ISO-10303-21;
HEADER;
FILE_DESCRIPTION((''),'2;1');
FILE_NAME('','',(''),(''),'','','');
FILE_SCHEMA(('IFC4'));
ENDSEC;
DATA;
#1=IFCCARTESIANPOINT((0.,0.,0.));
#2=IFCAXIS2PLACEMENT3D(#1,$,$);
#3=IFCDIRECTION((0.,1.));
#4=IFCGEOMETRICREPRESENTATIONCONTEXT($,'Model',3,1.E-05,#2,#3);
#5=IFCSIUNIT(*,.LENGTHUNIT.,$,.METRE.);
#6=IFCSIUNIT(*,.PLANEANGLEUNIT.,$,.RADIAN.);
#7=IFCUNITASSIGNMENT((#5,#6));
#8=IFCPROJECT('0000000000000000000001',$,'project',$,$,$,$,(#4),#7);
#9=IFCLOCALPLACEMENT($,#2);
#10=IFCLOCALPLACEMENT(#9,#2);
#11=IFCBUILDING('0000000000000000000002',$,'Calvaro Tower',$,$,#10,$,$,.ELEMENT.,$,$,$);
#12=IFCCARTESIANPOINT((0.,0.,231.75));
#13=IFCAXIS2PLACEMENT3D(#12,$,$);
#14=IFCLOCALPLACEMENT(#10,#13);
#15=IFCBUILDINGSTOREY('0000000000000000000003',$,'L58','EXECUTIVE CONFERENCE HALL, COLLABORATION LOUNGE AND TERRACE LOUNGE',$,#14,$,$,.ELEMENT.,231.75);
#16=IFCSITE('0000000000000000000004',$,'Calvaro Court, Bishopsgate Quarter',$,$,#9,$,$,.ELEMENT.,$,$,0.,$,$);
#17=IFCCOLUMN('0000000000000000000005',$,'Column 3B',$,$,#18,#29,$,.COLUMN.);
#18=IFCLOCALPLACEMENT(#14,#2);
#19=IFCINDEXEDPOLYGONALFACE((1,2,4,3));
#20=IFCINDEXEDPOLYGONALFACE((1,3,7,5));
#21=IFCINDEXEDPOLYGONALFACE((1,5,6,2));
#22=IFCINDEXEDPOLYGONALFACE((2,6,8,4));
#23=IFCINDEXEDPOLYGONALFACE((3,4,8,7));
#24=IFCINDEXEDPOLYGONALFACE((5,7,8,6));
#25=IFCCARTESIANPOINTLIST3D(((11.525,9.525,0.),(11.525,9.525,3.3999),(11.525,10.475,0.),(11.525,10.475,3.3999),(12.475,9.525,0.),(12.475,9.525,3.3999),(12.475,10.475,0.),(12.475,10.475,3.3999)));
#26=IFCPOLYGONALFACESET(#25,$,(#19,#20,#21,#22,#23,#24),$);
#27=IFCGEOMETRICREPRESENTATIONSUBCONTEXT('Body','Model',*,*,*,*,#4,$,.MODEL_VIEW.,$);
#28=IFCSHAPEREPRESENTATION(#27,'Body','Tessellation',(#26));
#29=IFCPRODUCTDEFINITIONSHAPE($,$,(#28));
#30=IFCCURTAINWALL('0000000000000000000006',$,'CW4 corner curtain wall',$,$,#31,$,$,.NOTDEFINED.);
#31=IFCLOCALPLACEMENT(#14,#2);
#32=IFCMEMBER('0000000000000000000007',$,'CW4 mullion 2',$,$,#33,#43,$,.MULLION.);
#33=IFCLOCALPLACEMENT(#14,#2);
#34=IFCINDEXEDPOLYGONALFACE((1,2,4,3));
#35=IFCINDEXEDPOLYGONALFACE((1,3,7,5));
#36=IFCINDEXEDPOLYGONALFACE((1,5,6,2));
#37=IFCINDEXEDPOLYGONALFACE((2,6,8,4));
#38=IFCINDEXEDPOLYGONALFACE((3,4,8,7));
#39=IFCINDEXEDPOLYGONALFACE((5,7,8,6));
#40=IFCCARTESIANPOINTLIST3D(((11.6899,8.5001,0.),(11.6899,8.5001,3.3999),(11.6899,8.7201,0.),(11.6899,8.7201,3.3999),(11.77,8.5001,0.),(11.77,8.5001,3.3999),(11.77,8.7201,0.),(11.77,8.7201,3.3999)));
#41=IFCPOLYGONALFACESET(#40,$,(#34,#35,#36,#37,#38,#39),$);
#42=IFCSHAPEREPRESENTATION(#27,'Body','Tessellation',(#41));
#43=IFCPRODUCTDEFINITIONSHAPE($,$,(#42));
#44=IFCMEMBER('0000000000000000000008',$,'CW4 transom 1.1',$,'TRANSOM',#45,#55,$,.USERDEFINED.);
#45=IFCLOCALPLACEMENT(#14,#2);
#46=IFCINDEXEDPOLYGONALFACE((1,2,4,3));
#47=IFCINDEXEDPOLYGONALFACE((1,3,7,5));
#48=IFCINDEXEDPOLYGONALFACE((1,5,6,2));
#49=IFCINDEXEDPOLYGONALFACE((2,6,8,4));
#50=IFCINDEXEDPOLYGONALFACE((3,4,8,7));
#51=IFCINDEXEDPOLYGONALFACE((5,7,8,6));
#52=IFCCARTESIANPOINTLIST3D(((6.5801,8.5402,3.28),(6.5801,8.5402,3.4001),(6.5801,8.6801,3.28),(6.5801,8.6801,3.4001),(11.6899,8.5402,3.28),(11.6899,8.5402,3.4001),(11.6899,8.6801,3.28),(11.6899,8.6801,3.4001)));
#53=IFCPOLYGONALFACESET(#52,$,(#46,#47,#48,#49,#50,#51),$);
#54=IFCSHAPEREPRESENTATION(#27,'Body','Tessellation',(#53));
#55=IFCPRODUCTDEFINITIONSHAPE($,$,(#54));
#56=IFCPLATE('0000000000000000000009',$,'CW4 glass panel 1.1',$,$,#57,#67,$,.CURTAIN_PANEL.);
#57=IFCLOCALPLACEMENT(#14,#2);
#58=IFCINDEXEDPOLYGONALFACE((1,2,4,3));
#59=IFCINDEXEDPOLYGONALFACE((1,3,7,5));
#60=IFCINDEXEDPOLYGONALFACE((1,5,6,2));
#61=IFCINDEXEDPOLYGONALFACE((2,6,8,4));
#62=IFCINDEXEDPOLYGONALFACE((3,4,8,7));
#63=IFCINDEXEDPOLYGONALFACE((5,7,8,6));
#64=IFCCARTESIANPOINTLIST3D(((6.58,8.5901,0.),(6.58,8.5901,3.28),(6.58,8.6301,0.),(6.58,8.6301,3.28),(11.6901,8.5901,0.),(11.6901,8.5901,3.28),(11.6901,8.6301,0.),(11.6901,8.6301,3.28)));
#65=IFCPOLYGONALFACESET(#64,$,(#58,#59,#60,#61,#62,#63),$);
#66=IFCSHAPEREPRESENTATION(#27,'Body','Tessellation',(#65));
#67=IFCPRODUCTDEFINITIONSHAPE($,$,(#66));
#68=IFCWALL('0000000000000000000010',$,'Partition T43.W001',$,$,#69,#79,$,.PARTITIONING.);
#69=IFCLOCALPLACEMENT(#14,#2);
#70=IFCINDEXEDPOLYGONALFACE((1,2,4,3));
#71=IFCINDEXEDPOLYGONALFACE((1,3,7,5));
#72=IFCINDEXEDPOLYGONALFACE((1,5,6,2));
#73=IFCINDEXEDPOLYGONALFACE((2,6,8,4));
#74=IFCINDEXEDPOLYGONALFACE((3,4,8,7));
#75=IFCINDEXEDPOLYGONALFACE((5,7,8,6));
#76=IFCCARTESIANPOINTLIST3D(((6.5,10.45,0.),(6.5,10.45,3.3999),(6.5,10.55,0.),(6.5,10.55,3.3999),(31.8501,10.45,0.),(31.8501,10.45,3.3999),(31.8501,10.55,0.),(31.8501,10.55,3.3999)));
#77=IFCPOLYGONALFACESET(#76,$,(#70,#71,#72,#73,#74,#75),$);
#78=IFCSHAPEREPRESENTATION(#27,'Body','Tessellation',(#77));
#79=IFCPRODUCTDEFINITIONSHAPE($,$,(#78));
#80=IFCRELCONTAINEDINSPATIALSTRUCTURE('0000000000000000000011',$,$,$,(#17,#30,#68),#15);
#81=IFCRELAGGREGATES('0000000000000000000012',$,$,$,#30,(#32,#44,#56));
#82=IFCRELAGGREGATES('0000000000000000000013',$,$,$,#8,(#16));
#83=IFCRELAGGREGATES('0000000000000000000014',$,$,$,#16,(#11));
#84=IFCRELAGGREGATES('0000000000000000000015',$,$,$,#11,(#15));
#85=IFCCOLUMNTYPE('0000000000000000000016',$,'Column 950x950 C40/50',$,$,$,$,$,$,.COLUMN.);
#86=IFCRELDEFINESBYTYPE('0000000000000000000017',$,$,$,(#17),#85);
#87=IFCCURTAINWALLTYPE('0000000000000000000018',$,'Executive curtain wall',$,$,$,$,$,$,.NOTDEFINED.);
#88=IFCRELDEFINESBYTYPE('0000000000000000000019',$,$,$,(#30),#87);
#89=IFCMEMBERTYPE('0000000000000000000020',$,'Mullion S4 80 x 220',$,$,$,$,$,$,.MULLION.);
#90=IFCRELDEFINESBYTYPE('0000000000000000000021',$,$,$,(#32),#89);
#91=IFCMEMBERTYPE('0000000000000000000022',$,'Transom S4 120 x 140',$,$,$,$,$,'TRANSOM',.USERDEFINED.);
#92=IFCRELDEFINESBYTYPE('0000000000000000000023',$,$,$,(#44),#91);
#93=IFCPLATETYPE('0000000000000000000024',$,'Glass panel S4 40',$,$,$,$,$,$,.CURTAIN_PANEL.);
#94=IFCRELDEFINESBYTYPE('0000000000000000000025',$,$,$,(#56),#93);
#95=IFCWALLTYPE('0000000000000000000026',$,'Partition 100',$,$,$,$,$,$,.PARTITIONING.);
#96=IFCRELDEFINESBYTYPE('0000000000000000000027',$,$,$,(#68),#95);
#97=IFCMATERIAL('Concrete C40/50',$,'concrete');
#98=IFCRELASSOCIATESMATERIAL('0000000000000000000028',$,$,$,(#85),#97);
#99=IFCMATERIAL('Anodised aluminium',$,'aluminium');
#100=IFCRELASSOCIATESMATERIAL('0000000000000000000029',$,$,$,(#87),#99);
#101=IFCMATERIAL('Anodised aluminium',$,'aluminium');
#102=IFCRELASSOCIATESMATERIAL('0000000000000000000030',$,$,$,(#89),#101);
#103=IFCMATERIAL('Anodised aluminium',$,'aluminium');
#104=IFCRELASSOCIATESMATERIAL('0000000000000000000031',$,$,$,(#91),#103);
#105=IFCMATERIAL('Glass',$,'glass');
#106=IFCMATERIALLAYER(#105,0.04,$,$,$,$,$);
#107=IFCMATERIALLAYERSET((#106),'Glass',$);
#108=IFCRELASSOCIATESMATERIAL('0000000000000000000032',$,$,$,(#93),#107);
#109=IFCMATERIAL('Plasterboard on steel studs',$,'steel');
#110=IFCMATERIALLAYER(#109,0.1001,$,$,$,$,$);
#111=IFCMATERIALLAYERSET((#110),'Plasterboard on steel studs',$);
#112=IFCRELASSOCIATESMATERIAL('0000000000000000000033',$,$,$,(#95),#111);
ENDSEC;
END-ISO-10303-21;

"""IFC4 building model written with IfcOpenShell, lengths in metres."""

from ifc_helpers import new_model, si_unit, direction, frame, frame_2d, origin, origin_2d, place, context, subcontext, project, spatial, rectangle, extrude, material, layer, layer_set, material_profile, profile_set, type_object, element, aggregate, save


model = new_model("IFC4")

# Units and contexts
model_context = context("Model", 3, precision=1e-05, world=origin(), true_north=direction((0.0, 1.0)))
body_context = subcontext(model_context, "Body", "Model", "MODEL_VIEW")
ifc_project = project(units=[si_unit("LENGTHUNIT", "METRE"), si_unit("PLANEANGLEUNIT", "RADIAN")], contexts=[model_context])

# Site, building, storey
site_placement = place(None, origin())
site = spatial("IfcSite", under=ifc_project, at=site_placement, Name="Calvaro Court, Bishopsgate Quarter", CompositionType="ELEMENT", RefElevation=0.0)
building_placement = place(site_placement, origin())
building = spatial("IfcBuilding", under=site, at=building_placement, Name="Calvaro Tower", CompositionType="ELEMENT")
storey_placement = place(building_placement, frame((0.0, 0.0, 231.75)))
storey = spatial("IfcBuildingStorey", under=building, at=storey_placement, Name="L58", Description="EXECUTIVE CONFERENCE HALL, COLLABORATION LOUNGE AND TERRACE LOUNGE", CompositionType="ELEMENT", Elevation=231.75)

# Column
ifc_material_1 = material(Name="Concrete C40/50", Category="concrete")
ifc_material_profile_1 = material_profile(ifc_material_1, rectangle(XDim=0.95, YDim=0.95, at=origin_2d()), Name="RC 950x950")
ifc_profile_set_1 = profile_set([ifc_material_profile_1], Name="Concrete C40/50")
column_type = type_object("IfcColumnType", Name="Column 950x950 C40/50", PredefinedType="COLUMN", material=ifc_profile_set_1)
column_placement = place(storey_placement, frame((12.0, 10.0, 0.0), z_axis=(0.0, 0.0, 1.0), x_axis=(1.0, 0.0, 0.0)))
element("IfcColumn", 1, at=column_placement, inside=storey, type_object=column_type, Name="Column 3B", PredefinedType="COLUMN", context=body_context, shape_type="SweptSolid", body=[
    extrude(rectangle(XDim=0.95, YDim=0.95, at=origin_2d()), origin(), (0.0, 0.0, 1.0), 3.3999),
])

# Curtain wall, members, plate
ifc_material_2 = material(Name="Anodised aluminium", Category="aluminium")
curtain_wall_type = type_object("IfcCurtainWallType", Name="Executive curtain wall", PredefinedType="NOTDEFINED", material=ifc_material_2)
curtain_wall_placement = place(storey_placement, origin())
curtain_wall = element("IfcCurtainWall", 2, at=curtain_wall_placement, inside=storey, type_object=curtain_wall_type, Name="CW4 corner curtain wall", PredefinedType="NOTDEFINED")
ifc_material_3 = material(Name="Anodised aluminium", Category="aluminium")
ifc_material_profile_2 = material_profile(ifc_material_3, rectangle(XDim=0.22, YDim=0.0801, at=origin_2d()), Name="Mullion S4 80 x 220")
ifc_profile_set_2 = profile_set([ifc_material_profile_2], Name="Anodised aluminium")
member_type_1 = type_object("IfcMemberType", Name="Mullion S4 80 x 220", PredefinedType="MULLION", material=ifc_profile_set_2)
member_1_placement = place(storey_placement, frame((11.73, 8.6101, 0.0), z_axis=(0.0, 0.0, 1.0), x_axis=(0.0, 1.0, 0.0)))
member_1 = element("IfcMember", 3, at=member_1_placement, type_object=member_type_1, Name="CW4 mullion 2", PredefinedType="MULLION", context=body_context, shape_type="SweptSolid", body=[
    extrude(rectangle(XDim=0.22, YDim=0.0801, at=origin_2d()), origin(), (0.0, 0.0, 1.0), 3.3999),
])
ifc_material_4 = material(Name="Anodised aluminium", Category="aluminium")
ifc_material_profile_3 = material_profile(ifc_material_4, rectangle(XDim=0.1399, YDim=0.1201, at=origin_2d()), Name="Transom S4 120 x 140")
ifc_profile_set_3 = profile_set([ifc_material_profile_3], Name="Anodised aluminium")
member_type_2 = type_object("IfcMemberType", Name="Transom S4 120 x 140", ElementType="TRANSOM", PredefinedType="USERDEFINED", material=ifc_profile_set_3)
member_2_placement = place(storey_placement, frame((6.5801, 8.6101, 3.3401), z_axis=(1.0, 0.0, 0.0), x_axis=(0.0, 1.0, 0.0)))
member_2 = element("IfcMember", 4, at=member_2_placement, type_object=member_type_2, Name="CW4 transom 1.1", ObjectType="TRANSOM", PredefinedType="USERDEFINED", context=body_context, shape_type="SweptSolid", body=[
    extrude(rectangle(XDim=0.1399, YDim=0.1201, at=origin_2d()), origin(), (0.0, 0.0, 1.0), 5.1099),
])
ifc_material_5 = material(Name="Glass", Category="glass")
ifc_layer_1 = layer(ifc_material_5, 0.04)
ifc_layer_set_1 = layer_set([ifc_layer_1], Name="Glass")
plate_type = type_object("IfcPlateType", Name="Glass panel S4 40", PredefinedType="CURTAIN_PANEL", material=ifc_layer_set_1)
plate_placement = place(storey_placement, frame((9.135, 8.6101, 0.0), z_axis=(0.0, 0.0, 1.0), x_axis=(1.0, 0.0, 0.0)))
plate = element("IfcPlate", 5, at=plate_placement, type_object=plate_type, Name="CW4 glass panel 1.1", PredefinedType="CURTAIN_PANEL", context=body_context, shape_type="SweptSolid", body=[
    extrude(rectangle(XDim=5.1101, YDim=0.04, at=origin_2d()), origin(), (0.0, 0.0, 1.0), 3.28),
])
aggregate(curtain_wall, [member_1, member_2, plate])

# Wall
ifc_material_6 = material(Name="Plasterboard on steel studs", Category="steel")
ifc_layer_2 = layer(ifc_material_6, 0.1001)
ifc_layer_set_2 = layer_set([ifc_layer_2], Name="Plasterboard on steel studs")
wall_type = type_object("IfcWallType", Name="Partition 100", PredefinedType="PARTITIONING", material=ifc_layer_set_2)
wall_placement = place(storey_placement, frame((6.5, 10.5, 0.0), z_axis=(0.0, 0.0, 1.0), x_axis=(1.0, 0.0, 0.0)))
element("IfcWall", 6, at=wall_placement, inside=storey, type_object=wall_type, Name="Partition T43.W001", PredefinedType="PARTITIONING", context=body_context, shape_type="SweptSolid", body=[
    extrude(rectangle(XDim=25.3501, YDim=0.1001, at=frame_2d((12.675, 0.0))), origin(), (0.0, 0.0, 1.0), 3.3999),
])

save(model, "model.ifc")
